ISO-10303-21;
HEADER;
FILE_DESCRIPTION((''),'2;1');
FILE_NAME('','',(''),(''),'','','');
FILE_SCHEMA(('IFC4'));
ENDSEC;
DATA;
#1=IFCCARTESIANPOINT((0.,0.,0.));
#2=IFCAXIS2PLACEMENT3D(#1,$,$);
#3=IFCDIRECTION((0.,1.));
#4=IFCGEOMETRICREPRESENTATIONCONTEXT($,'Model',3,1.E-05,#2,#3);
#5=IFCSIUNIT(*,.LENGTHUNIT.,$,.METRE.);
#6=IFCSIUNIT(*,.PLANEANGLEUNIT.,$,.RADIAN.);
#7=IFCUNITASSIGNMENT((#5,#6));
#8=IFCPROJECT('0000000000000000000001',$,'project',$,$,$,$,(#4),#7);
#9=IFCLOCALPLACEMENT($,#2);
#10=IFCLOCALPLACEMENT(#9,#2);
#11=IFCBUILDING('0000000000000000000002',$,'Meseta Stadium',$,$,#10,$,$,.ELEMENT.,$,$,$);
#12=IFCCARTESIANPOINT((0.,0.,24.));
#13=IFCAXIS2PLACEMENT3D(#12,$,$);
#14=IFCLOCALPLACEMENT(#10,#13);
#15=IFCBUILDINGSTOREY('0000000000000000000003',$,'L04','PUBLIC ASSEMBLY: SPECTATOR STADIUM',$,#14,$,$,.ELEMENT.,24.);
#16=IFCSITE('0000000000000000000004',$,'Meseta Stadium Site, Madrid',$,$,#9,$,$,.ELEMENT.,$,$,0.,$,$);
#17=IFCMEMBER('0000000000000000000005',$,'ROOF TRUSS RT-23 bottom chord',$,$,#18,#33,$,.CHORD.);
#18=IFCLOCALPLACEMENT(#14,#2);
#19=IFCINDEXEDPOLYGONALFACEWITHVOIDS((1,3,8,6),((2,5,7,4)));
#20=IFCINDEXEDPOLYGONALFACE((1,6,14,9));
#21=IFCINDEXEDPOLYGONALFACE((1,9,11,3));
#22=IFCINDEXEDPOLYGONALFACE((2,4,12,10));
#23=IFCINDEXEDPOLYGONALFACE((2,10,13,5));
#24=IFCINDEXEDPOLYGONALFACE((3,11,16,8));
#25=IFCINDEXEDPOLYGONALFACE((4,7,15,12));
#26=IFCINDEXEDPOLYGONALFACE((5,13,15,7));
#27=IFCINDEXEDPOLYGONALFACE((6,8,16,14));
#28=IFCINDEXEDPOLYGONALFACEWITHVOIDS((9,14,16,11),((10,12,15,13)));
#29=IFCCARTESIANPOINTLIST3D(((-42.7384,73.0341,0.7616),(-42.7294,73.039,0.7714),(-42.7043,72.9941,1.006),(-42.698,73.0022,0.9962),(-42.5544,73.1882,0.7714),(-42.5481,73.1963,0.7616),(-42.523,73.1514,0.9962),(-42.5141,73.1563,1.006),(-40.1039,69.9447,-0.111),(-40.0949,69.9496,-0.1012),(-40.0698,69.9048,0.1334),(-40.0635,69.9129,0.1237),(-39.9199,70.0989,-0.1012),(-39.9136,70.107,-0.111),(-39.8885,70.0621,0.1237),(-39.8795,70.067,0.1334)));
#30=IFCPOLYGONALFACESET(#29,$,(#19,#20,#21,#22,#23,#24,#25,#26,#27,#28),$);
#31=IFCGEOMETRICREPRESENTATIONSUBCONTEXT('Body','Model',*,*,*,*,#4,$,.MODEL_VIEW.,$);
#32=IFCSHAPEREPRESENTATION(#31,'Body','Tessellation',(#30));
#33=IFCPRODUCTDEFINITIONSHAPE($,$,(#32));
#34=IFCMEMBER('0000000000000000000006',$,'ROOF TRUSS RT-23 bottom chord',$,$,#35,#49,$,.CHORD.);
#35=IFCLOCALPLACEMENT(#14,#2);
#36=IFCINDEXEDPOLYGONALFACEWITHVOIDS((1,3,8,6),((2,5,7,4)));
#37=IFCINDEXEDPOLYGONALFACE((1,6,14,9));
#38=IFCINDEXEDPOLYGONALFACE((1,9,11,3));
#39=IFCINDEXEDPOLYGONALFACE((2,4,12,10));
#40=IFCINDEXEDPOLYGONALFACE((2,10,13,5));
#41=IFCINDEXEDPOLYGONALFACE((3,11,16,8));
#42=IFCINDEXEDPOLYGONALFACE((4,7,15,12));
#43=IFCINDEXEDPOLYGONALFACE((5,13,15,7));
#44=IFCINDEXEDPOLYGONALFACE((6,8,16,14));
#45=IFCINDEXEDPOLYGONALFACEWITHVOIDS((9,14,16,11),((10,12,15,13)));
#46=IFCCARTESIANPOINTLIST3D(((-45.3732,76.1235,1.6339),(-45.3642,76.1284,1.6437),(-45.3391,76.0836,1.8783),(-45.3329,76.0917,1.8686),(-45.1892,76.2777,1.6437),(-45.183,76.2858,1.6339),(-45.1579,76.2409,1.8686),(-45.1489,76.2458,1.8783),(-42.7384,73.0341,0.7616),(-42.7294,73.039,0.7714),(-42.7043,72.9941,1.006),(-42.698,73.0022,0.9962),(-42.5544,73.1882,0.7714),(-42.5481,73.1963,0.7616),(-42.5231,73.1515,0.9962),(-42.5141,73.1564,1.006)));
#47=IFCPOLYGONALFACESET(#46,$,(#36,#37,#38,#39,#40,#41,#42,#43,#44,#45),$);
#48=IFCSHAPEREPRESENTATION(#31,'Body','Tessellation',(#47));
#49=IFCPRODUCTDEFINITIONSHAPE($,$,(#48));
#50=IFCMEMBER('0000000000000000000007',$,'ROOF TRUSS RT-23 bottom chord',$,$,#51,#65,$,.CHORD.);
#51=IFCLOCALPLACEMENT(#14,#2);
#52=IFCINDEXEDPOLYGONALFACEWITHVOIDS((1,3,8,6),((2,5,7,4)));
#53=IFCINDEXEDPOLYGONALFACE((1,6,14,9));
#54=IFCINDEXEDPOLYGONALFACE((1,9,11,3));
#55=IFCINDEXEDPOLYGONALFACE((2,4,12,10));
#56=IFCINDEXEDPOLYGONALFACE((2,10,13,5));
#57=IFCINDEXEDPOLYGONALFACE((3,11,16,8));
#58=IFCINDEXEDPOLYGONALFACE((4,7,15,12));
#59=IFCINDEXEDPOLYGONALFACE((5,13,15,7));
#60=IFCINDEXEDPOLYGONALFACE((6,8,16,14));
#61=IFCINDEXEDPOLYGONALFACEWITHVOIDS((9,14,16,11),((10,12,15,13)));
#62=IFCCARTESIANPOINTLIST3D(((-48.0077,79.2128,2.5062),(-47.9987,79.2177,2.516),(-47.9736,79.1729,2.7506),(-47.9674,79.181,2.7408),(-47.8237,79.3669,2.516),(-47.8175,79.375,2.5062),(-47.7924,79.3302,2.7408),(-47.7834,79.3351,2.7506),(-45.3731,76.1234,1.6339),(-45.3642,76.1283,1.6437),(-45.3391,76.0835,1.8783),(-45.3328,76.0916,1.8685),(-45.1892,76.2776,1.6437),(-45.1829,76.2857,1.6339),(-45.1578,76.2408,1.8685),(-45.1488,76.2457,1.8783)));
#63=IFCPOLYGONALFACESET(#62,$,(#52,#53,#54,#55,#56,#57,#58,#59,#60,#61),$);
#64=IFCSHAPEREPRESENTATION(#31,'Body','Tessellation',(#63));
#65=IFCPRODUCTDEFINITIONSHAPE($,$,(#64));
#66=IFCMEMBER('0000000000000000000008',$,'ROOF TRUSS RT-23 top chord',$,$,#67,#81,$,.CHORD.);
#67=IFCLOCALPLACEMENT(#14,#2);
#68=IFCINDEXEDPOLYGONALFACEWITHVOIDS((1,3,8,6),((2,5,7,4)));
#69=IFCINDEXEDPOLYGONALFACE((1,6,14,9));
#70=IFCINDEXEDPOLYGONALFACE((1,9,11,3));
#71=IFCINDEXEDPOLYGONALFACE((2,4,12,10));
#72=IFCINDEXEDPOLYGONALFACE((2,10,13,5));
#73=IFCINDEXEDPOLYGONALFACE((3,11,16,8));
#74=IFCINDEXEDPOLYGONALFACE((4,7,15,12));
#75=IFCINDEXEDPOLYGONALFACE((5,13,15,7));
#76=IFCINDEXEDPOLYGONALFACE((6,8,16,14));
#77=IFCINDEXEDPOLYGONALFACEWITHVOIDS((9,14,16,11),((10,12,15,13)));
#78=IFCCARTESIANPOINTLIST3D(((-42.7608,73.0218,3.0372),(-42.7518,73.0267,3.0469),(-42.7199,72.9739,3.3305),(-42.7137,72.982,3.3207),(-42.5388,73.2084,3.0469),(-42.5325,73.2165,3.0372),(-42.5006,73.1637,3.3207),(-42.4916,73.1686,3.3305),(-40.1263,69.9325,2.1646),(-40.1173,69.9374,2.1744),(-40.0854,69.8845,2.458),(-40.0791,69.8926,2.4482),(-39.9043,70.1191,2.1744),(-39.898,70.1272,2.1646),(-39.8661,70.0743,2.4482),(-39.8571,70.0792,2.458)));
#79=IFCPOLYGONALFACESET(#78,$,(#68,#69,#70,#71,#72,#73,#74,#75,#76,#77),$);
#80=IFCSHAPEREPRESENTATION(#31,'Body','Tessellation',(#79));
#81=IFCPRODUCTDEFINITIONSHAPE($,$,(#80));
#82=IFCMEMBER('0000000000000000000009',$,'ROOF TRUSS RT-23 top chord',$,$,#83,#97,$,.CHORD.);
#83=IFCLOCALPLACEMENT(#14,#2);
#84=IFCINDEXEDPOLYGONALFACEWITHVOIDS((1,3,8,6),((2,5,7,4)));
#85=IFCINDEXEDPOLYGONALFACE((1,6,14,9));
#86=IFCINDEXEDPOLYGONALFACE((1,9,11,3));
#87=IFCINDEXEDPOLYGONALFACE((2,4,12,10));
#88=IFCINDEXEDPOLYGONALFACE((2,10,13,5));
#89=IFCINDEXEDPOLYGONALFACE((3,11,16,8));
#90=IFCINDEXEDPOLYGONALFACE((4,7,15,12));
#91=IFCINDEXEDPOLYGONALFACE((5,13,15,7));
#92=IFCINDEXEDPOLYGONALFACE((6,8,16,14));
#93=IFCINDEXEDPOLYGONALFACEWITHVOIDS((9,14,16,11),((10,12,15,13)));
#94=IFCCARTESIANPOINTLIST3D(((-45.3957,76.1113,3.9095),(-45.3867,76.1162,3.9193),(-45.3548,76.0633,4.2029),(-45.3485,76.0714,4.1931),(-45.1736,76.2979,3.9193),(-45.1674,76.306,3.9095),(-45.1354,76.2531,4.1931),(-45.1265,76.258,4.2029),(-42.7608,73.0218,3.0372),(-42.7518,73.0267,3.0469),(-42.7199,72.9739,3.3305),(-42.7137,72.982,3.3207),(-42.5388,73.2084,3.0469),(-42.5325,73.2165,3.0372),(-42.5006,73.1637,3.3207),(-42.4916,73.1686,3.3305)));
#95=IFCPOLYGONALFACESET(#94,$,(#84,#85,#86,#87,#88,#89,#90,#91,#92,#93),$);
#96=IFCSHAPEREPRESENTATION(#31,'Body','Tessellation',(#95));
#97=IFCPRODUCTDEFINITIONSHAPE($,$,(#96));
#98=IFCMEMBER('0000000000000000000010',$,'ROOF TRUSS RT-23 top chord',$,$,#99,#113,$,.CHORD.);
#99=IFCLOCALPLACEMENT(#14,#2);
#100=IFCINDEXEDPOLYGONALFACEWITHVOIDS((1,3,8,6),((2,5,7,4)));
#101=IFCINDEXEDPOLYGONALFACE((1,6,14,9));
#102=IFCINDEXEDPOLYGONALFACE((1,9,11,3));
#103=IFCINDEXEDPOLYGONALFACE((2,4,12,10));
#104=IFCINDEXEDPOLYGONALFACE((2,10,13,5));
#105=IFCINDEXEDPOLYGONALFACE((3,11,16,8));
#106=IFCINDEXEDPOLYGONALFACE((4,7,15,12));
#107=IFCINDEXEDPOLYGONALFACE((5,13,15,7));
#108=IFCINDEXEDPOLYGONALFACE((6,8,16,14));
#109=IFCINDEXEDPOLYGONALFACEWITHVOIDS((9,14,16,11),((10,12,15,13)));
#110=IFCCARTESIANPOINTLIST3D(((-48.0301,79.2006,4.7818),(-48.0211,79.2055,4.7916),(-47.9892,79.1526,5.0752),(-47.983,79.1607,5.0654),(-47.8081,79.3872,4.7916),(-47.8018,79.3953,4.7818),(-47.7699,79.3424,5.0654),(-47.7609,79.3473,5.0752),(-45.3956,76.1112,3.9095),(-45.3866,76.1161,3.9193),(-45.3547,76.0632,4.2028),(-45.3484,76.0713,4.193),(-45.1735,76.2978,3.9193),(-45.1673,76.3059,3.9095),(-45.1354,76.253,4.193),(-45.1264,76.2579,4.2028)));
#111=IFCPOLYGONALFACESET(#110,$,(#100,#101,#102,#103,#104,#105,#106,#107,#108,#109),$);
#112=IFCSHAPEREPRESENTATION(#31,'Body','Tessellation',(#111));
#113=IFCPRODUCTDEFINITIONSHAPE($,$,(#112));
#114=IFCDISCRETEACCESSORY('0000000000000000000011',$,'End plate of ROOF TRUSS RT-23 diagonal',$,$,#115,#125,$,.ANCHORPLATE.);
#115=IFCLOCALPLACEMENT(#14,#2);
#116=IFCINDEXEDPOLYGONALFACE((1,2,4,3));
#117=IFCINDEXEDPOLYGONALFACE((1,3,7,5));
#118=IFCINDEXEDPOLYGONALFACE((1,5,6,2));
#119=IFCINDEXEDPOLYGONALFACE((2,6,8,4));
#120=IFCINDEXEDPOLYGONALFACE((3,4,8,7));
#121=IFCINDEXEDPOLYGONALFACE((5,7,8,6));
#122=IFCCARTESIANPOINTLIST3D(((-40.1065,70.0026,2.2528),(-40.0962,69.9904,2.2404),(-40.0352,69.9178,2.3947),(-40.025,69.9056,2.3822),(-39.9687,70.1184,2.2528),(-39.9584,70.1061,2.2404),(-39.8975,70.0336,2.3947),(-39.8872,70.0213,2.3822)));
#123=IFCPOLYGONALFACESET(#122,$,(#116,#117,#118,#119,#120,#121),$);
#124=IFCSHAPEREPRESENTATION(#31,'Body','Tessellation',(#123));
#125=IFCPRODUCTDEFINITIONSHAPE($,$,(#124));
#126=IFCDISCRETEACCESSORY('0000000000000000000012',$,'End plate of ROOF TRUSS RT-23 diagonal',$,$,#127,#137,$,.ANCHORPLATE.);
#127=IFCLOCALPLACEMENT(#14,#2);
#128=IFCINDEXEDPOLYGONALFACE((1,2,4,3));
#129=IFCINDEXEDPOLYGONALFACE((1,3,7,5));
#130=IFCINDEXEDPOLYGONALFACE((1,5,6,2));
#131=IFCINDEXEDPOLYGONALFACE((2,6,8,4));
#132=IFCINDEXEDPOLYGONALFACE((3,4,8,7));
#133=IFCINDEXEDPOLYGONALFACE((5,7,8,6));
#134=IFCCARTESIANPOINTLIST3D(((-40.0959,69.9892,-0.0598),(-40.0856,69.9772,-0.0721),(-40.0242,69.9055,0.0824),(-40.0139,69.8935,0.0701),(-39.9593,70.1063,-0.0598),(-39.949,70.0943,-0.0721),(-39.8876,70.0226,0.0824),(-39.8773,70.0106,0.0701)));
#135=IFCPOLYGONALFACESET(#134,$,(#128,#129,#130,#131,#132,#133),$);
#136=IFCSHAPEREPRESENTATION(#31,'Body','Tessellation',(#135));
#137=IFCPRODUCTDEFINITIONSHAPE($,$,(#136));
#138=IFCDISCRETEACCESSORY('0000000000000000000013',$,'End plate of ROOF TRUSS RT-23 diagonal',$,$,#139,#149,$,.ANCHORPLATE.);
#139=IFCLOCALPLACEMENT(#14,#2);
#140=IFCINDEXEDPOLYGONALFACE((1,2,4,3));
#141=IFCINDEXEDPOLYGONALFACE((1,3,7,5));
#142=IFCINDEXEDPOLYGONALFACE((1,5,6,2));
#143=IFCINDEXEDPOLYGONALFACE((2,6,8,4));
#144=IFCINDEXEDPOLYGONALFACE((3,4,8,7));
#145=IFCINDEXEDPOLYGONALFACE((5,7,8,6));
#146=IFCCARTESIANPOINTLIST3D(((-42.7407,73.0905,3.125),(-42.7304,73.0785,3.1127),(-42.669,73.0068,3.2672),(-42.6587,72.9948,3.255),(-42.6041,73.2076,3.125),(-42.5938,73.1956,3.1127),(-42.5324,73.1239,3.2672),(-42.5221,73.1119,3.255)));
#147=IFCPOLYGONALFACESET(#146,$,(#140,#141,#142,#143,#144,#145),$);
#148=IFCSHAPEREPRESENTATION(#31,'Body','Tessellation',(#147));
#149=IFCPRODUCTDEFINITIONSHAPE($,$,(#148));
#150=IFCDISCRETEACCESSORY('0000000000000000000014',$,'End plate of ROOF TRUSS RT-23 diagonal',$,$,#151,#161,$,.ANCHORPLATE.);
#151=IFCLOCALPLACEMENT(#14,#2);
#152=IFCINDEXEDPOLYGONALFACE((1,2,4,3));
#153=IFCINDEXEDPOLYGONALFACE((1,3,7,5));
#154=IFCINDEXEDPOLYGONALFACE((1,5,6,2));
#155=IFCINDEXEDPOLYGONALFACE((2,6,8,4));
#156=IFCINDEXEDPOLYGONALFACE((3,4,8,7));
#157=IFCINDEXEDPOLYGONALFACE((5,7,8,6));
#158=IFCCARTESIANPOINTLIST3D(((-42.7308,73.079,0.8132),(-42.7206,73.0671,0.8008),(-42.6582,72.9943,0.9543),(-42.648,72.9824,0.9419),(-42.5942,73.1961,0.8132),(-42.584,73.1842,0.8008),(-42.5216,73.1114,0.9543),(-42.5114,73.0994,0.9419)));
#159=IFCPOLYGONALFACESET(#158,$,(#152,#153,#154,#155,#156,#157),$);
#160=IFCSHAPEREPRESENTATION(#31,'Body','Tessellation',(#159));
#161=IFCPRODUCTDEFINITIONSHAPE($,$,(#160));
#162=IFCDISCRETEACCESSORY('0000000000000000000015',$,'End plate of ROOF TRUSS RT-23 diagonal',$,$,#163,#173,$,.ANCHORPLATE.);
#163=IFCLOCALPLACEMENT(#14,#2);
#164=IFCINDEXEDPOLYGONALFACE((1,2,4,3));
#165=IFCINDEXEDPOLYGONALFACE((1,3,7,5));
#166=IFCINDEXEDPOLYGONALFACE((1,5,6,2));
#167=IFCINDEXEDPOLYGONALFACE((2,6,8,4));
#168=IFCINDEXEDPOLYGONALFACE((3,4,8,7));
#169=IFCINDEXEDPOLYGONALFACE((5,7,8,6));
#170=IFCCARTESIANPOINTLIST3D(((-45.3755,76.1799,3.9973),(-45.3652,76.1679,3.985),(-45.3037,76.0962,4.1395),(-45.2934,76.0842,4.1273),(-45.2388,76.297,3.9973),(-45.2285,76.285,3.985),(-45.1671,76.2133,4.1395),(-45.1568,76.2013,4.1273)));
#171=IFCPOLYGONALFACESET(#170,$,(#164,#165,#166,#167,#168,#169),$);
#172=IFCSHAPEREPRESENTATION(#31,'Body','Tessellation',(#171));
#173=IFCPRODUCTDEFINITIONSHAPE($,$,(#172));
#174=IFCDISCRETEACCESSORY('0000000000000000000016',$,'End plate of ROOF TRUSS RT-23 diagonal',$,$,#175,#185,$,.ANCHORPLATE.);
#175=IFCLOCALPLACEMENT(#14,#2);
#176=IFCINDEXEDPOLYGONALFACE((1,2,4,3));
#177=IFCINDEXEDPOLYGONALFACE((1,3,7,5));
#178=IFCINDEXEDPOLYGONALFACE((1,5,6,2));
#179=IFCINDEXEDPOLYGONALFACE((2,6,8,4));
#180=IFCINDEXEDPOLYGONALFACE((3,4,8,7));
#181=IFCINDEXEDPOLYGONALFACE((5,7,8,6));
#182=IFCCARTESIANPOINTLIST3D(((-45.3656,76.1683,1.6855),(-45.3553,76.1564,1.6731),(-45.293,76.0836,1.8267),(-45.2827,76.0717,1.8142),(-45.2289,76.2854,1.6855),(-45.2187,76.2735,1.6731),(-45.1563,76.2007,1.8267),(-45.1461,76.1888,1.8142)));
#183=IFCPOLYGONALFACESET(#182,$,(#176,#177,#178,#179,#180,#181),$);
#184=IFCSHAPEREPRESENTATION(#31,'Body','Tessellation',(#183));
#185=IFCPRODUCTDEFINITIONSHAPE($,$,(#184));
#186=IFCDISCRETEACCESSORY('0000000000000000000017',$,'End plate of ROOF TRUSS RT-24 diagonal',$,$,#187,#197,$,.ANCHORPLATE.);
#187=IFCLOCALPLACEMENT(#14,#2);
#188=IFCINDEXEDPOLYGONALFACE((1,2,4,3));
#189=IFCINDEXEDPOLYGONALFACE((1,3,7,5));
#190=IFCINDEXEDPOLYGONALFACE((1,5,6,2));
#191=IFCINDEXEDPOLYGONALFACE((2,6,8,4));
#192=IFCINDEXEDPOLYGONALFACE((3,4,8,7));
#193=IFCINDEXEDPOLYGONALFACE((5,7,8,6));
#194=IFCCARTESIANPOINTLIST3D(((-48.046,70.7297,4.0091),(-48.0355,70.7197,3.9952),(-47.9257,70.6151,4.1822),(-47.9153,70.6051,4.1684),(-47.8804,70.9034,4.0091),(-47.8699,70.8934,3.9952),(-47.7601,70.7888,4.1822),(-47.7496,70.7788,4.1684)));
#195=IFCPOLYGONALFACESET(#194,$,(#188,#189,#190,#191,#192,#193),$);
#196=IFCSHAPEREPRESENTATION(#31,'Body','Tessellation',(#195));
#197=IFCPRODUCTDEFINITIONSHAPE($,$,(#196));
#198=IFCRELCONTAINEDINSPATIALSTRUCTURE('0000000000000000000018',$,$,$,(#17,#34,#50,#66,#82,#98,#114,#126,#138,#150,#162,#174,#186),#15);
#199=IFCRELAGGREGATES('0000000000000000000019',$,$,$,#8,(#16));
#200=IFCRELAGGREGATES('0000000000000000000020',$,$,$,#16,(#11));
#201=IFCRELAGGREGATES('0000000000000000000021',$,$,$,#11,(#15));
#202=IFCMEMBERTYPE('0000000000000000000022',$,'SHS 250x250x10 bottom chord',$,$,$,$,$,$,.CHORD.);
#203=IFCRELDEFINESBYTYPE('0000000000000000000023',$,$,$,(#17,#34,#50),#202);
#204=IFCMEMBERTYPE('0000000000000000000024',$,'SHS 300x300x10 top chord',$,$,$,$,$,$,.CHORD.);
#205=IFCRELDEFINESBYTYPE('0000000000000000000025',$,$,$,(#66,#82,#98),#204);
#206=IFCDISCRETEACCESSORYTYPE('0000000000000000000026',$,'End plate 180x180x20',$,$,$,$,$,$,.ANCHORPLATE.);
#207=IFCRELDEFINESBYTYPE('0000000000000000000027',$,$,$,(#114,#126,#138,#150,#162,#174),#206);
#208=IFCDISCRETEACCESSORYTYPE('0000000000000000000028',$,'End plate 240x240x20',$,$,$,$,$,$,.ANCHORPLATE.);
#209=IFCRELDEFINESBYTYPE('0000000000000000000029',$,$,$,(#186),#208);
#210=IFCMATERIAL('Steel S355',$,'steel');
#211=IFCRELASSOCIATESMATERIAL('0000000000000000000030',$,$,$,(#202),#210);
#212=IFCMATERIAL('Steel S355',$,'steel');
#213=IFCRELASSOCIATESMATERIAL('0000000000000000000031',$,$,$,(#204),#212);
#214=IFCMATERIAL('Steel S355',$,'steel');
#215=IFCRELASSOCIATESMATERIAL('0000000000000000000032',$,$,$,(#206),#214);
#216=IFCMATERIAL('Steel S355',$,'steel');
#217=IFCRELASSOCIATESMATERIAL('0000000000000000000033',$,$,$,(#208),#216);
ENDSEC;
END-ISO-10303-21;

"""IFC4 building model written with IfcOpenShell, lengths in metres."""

from ifc_helpers import new_model, si_unit, direction, frame, origin, origin_2d, place, context, subcontext, project, spatial, rectangle, hollow_rectangle, extrude, material, material_profile, profile_set, type_object, element, save


model = new_model("IFC4")

# Units and contexts
model_context = context("Model", 3, precision=1e-05, world=origin(), true_north=direction((0.0, 1.0)))
body_context = subcontext(model_context, "Body", "Model", "MODEL_VIEW")
ifc_project = project(units=[si_unit("LENGTHUNIT", "METRE"), si_unit("PLANEANGLEUNIT", "RADIAN")], contexts=[model_context])

# Site, building, storey
site_placement = place(None, origin())
site = spatial("IfcSite", under=ifc_project, at=site_placement, Name="Meseta Stadium Site, Madrid", CompositionType="ELEMENT", RefElevation=0.0)
building_placement = place(site_placement, origin())
building = spatial("IfcBuilding", under=site, at=building_placement, Name="Meseta Stadium", CompositionType="ELEMENT")
storey_placement = place(building_placement, frame((0.0, 0.0, 24.0)))
storey = spatial("IfcBuildingStorey", under=building, at=storey_placement, Name="L04", Description="PUBLIC ASSEMBLY: SPECTATOR STADIUM", CompositionType="ELEMENT", Elevation=24.0)

# Members
ifc_material_1 = material(Name="Steel S355", Category="steel")
ifc_material_profile_1 = material_profile(ifc_material_1, hollow_rectangle(XDim=0.25, YDim=0.25, WallThickness=0.01, at=origin_2d()), Name="SHS 250x250x10")
ifc_profile_set_1 = profile_set([ifc_material_profile_1], Name="Steel S355")
member_type_1 = type_object("IfcMemberType", Name="SHS 250x250x10 bottom chord", PredefinedType="CHORD", material=ifc_profile_set_1)
member_1_placement = place(storey_placement, frame((-39.9917, 70.0059, 0.0112), z_axis=(-0.634388, 0.743912, 0.210111), x_axis=(-0.760897, -0.648873, 0.0)))
element("IfcMember", 1, at=member_1_placement, inside=storey, type_object=member_type_1, Name="ROOF TRUSS RT-23 bottom chord", PredefinedType="CHORD", context=body_context, shape_type="SweptSolid", body=[
    extrude(hollow_rectangle(XDim=0.25, YDim=0.25, WallThickness=0.01, at=origin_2d()), origin(), (0.0, 0.0, 1.0), 4.1528),
])
member_2_placement = place(storey_placement, frame((-42.6262, 73.0952, 0.8838), z_axis=(-0.634431, 0.743893, 0.210047), x_axis=(-0.760867, -0.648908, 0.0)))
element("IfcMember", 2, at=member_2_placement, inside=storey, type_object=member_type_1, Name="ROOF TRUSS RT-23 bottom chord", PredefinedType="CHORD", context=body_context, shape_type="SweptSolid", body=[
    extrude(hollow_rectangle(XDim=0.25, YDim=0.25, WallThickness=0.01, at=origin_2d()), origin(), (0.0, 0.0, 1.0), 4.1531),
])
member_3_placement = place(storey_placement, frame((-45.261, 76.1846, 1.7561), z_axis=(-0.634396, 0.743921, 0.210054), x_axis=(-0.760897, -0.648873, 0.0)))
element("IfcMember", 3, at=member_3_placement, inside=storey, type_object=member_type_1, Name="ROOF TRUSS RT-23 bottom chord", PredefinedType="CHORD", context=body_context, shape_type="SweptSolid", body=[
    extrude(hollow_rectangle(XDim=0.25, YDim=0.25, WallThickness=0.01, at=origin_2d()), origin(), (0.0, 0.0, 1.0), 4.1528),
])
ifc_material_2 = material(Name="Steel S355", Category="steel")
ifc_material_profile_2 = material_profile(ifc_material_2, hollow_rectangle(XDim=0.3, YDim=0.3, WallThickness=0.01, at=origin_2d()), Name="SHS 300x300x10")
ifc_profile_set_2 = profile_set([ifc_material_profile_2], Name="Steel S355")
member_type_2 = type_object("IfcMemberType", Name="SHS 300x300x10 top chord", PredefinedType="CHORD", material=ifc_profile_set_2)
member_4_placement = place(storey_placement, frame((-39.9917, 70.0059, 2.3113), z_axis=(-0.634388, 0.743912, 0.210111), x_axis=(-0.760897, -0.648873, 0.0)))
element("IfcMember", 4, at=member_4_placement, inside=storey, type_object=member_type_2, Name="ROOF TRUSS RT-23 top chord", PredefinedType="CHORD", context=body_context, shape_type="SweptSolid", body=[
    extrude(hollow_rectangle(XDim=0.3, YDim=0.3, WallThickness=0.01, at=origin_2d()), origin(), (0.0, 0.0, 1.0), 4.1528),
])
member_5_placement = place(storey_placement, frame((-42.6262, 73.0952, 3.1838), z_axis=(-0.634431, 0.743893, 0.210047), x_axis=(-0.760867, -0.648908, 0.0)))
element("IfcMember", 5, at=member_5_placement, inside=storey, type_object=member_type_2, Name="ROOF TRUSS RT-23 top chord", PredefinedType="CHORD", context=body_context, shape_type="SweptSolid", body=[
    extrude(hollow_rectangle(XDim=0.3, YDim=0.3, WallThickness=0.01, at=origin_2d()), origin(), (0.0, 0.0, 1.0), 4.1531),
])
member_6_placement = place(storey_placement, frame((-45.261, 76.1846, 4.0562), z_axis=(-0.634396, 0.743921, 0.210054), x_axis=(-0.760897, -0.648873, 0.0)))
element("IfcMember", 6, at=member_6_placement, inside=storey, type_object=member_type_2, Name="ROOF TRUSS RT-23 top chord", PredefinedType="CHORD", context=body_context, shape_type="SweptSolid", body=[
    extrude(hollow_rectangle(XDim=0.3, YDim=0.3, WallThickness=0.01, at=origin_2d()), origin(), (0.0, 0.0, 1.0), 4.1528),
])

# Discrete accessories
ifc_material_3 = material(Name="Steel S355", Category="steel")
ifc_material_profile_3 = material_profile(ifc_material_3, rectangle(XDim=0.1799, YDim=0.1799, at=origin_2d()), Name="PL 180x180")
ifc_profile_set_3 = profile_set([ifc_material_profile_3], Name="Steel S355")
discrete_accessory_type_1 = type_object("IfcDiscreteAccessoryType", Name="End plate 180x180x20", PredefinedType="ANCHORPLATE", material=ifc_profile_set_3)
discrete_accessory_placement = place(storey_placement, frame((-39.9917, 70.0059, 2.3113), z_axis=(-0.506908, 0.603462, 0.615531), x_axis=(-0.765705, -0.643192, 0.0)))
element("IfcDiscreteAccessory", 7, at=discrete_accessory_placement, inside=storey, type_object=discrete_accessory_type_1, Name="End plate of ROOF TRUSS RT-23 diagonal", PredefinedType="ANCHORPLATE", context=body_context, shape_type="SweptSolid", body=[
    extrude(rectangle(XDim=0.1799, YDim=0.1799, at=origin_2d()), origin(), (0.0, 0.0, 1.0), 0.0203),
])
for number, where, z_axis, x_axis, name in (
    (8, (-39.9814, 69.9939, -0.001), (-0.514457, 0.6002, 0.612449), (-0.759257, -0.650791, 0.0), "End plate of ROOF TRUSS RT-23 diagonal"),
    (9, (-42.6262, 73.0952, 3.1838), (-0.514457, 0.6002, 0.612449), (-0.759257, -0.650791, 0.0), "End plate of ROOF TRUSS RT-23 diagonal"),
    (10, (-42.616, 73.0833, 0.8713), (-0.510603, 0.595703, 0.620018), (-0.759257, -0.650791, 0.0), "End plate of ROOF TRUSS RT-23 diagonal"),
    (11, (-45.261, 76.1846, 4.0562), (-0.514457, 0.6002, 0.612449), (-0.759257, -0.650791, 0.0), "End plate of ROOF TRUSS RT-23 diagonal"),
    (12, (-45.2507, 76.1726, 1.7437), (-0.510603, 0.595703, 0.620018), (-0.759257, -0.650791, 0.0), "End plate of ROOF TRUSS RT-23 diagonal"),
):
    element("IfcDiscreteAccessory", number, at=place(storey_placement, frame(where, z_axis=z_axis, x_axis=x_axis)), inside=storey, type_object=discrete_accessory_type_1, Name=name, PredefinedType="ANCHORPLATE", context=body_context, shape_type="SweptSolid", body=[
        extrude(rectangle(XDim=0.1799, YDim=0.1799, at=origin_2d()), origin(), (0.0, 0.0, 1.0), 0.02),
    ])
ifc_material_4 = material(Name="Steel S355", Category="steel")
ifc_material_profile_4 = material_profile(ifc_material_4, rectangle(XDim=0.24, YDim=0.24, at=origin_2d()), Name="PL 240x240")
ifc_profile_set_4 = profile_set([ifc_material_profile_4], Name="Steel S355")
discrete_accessory_type_2 = type_object("IfcDiscreteAccessoryType", Name="End plate 240x240x20", PredefinedType="ANCHORPLATE", material=ifc_profile_set_4)
for number, where, z_axis, x_axis, name in (
    (13, (-47.8926, 70.7493, 4.0818), (-0.522259, 0.497968, 0.692296), (-0.690075, -0.723738, 0.0), "End plate of ROOF TRUSS RT-24 diagonal"),
):
    element("IfcDiscreteAccessory", number, at=place(storey_placement, frame(where, z_axis=z_axis, x_axis=x_axis)), inside=storey, type_object=discrete_accessory_type_2, Name=name, PredefinedType="ANCHORPLATE", context=body_context, shape_type="SweptSolid", body=[
        extrude(rectangle(XDim=0.24, YDim=0.24, at=origin_2d()), origin(), (0.0, 0.0, 1.0), 0.02),
    ])

save(model, "model.ifc")
